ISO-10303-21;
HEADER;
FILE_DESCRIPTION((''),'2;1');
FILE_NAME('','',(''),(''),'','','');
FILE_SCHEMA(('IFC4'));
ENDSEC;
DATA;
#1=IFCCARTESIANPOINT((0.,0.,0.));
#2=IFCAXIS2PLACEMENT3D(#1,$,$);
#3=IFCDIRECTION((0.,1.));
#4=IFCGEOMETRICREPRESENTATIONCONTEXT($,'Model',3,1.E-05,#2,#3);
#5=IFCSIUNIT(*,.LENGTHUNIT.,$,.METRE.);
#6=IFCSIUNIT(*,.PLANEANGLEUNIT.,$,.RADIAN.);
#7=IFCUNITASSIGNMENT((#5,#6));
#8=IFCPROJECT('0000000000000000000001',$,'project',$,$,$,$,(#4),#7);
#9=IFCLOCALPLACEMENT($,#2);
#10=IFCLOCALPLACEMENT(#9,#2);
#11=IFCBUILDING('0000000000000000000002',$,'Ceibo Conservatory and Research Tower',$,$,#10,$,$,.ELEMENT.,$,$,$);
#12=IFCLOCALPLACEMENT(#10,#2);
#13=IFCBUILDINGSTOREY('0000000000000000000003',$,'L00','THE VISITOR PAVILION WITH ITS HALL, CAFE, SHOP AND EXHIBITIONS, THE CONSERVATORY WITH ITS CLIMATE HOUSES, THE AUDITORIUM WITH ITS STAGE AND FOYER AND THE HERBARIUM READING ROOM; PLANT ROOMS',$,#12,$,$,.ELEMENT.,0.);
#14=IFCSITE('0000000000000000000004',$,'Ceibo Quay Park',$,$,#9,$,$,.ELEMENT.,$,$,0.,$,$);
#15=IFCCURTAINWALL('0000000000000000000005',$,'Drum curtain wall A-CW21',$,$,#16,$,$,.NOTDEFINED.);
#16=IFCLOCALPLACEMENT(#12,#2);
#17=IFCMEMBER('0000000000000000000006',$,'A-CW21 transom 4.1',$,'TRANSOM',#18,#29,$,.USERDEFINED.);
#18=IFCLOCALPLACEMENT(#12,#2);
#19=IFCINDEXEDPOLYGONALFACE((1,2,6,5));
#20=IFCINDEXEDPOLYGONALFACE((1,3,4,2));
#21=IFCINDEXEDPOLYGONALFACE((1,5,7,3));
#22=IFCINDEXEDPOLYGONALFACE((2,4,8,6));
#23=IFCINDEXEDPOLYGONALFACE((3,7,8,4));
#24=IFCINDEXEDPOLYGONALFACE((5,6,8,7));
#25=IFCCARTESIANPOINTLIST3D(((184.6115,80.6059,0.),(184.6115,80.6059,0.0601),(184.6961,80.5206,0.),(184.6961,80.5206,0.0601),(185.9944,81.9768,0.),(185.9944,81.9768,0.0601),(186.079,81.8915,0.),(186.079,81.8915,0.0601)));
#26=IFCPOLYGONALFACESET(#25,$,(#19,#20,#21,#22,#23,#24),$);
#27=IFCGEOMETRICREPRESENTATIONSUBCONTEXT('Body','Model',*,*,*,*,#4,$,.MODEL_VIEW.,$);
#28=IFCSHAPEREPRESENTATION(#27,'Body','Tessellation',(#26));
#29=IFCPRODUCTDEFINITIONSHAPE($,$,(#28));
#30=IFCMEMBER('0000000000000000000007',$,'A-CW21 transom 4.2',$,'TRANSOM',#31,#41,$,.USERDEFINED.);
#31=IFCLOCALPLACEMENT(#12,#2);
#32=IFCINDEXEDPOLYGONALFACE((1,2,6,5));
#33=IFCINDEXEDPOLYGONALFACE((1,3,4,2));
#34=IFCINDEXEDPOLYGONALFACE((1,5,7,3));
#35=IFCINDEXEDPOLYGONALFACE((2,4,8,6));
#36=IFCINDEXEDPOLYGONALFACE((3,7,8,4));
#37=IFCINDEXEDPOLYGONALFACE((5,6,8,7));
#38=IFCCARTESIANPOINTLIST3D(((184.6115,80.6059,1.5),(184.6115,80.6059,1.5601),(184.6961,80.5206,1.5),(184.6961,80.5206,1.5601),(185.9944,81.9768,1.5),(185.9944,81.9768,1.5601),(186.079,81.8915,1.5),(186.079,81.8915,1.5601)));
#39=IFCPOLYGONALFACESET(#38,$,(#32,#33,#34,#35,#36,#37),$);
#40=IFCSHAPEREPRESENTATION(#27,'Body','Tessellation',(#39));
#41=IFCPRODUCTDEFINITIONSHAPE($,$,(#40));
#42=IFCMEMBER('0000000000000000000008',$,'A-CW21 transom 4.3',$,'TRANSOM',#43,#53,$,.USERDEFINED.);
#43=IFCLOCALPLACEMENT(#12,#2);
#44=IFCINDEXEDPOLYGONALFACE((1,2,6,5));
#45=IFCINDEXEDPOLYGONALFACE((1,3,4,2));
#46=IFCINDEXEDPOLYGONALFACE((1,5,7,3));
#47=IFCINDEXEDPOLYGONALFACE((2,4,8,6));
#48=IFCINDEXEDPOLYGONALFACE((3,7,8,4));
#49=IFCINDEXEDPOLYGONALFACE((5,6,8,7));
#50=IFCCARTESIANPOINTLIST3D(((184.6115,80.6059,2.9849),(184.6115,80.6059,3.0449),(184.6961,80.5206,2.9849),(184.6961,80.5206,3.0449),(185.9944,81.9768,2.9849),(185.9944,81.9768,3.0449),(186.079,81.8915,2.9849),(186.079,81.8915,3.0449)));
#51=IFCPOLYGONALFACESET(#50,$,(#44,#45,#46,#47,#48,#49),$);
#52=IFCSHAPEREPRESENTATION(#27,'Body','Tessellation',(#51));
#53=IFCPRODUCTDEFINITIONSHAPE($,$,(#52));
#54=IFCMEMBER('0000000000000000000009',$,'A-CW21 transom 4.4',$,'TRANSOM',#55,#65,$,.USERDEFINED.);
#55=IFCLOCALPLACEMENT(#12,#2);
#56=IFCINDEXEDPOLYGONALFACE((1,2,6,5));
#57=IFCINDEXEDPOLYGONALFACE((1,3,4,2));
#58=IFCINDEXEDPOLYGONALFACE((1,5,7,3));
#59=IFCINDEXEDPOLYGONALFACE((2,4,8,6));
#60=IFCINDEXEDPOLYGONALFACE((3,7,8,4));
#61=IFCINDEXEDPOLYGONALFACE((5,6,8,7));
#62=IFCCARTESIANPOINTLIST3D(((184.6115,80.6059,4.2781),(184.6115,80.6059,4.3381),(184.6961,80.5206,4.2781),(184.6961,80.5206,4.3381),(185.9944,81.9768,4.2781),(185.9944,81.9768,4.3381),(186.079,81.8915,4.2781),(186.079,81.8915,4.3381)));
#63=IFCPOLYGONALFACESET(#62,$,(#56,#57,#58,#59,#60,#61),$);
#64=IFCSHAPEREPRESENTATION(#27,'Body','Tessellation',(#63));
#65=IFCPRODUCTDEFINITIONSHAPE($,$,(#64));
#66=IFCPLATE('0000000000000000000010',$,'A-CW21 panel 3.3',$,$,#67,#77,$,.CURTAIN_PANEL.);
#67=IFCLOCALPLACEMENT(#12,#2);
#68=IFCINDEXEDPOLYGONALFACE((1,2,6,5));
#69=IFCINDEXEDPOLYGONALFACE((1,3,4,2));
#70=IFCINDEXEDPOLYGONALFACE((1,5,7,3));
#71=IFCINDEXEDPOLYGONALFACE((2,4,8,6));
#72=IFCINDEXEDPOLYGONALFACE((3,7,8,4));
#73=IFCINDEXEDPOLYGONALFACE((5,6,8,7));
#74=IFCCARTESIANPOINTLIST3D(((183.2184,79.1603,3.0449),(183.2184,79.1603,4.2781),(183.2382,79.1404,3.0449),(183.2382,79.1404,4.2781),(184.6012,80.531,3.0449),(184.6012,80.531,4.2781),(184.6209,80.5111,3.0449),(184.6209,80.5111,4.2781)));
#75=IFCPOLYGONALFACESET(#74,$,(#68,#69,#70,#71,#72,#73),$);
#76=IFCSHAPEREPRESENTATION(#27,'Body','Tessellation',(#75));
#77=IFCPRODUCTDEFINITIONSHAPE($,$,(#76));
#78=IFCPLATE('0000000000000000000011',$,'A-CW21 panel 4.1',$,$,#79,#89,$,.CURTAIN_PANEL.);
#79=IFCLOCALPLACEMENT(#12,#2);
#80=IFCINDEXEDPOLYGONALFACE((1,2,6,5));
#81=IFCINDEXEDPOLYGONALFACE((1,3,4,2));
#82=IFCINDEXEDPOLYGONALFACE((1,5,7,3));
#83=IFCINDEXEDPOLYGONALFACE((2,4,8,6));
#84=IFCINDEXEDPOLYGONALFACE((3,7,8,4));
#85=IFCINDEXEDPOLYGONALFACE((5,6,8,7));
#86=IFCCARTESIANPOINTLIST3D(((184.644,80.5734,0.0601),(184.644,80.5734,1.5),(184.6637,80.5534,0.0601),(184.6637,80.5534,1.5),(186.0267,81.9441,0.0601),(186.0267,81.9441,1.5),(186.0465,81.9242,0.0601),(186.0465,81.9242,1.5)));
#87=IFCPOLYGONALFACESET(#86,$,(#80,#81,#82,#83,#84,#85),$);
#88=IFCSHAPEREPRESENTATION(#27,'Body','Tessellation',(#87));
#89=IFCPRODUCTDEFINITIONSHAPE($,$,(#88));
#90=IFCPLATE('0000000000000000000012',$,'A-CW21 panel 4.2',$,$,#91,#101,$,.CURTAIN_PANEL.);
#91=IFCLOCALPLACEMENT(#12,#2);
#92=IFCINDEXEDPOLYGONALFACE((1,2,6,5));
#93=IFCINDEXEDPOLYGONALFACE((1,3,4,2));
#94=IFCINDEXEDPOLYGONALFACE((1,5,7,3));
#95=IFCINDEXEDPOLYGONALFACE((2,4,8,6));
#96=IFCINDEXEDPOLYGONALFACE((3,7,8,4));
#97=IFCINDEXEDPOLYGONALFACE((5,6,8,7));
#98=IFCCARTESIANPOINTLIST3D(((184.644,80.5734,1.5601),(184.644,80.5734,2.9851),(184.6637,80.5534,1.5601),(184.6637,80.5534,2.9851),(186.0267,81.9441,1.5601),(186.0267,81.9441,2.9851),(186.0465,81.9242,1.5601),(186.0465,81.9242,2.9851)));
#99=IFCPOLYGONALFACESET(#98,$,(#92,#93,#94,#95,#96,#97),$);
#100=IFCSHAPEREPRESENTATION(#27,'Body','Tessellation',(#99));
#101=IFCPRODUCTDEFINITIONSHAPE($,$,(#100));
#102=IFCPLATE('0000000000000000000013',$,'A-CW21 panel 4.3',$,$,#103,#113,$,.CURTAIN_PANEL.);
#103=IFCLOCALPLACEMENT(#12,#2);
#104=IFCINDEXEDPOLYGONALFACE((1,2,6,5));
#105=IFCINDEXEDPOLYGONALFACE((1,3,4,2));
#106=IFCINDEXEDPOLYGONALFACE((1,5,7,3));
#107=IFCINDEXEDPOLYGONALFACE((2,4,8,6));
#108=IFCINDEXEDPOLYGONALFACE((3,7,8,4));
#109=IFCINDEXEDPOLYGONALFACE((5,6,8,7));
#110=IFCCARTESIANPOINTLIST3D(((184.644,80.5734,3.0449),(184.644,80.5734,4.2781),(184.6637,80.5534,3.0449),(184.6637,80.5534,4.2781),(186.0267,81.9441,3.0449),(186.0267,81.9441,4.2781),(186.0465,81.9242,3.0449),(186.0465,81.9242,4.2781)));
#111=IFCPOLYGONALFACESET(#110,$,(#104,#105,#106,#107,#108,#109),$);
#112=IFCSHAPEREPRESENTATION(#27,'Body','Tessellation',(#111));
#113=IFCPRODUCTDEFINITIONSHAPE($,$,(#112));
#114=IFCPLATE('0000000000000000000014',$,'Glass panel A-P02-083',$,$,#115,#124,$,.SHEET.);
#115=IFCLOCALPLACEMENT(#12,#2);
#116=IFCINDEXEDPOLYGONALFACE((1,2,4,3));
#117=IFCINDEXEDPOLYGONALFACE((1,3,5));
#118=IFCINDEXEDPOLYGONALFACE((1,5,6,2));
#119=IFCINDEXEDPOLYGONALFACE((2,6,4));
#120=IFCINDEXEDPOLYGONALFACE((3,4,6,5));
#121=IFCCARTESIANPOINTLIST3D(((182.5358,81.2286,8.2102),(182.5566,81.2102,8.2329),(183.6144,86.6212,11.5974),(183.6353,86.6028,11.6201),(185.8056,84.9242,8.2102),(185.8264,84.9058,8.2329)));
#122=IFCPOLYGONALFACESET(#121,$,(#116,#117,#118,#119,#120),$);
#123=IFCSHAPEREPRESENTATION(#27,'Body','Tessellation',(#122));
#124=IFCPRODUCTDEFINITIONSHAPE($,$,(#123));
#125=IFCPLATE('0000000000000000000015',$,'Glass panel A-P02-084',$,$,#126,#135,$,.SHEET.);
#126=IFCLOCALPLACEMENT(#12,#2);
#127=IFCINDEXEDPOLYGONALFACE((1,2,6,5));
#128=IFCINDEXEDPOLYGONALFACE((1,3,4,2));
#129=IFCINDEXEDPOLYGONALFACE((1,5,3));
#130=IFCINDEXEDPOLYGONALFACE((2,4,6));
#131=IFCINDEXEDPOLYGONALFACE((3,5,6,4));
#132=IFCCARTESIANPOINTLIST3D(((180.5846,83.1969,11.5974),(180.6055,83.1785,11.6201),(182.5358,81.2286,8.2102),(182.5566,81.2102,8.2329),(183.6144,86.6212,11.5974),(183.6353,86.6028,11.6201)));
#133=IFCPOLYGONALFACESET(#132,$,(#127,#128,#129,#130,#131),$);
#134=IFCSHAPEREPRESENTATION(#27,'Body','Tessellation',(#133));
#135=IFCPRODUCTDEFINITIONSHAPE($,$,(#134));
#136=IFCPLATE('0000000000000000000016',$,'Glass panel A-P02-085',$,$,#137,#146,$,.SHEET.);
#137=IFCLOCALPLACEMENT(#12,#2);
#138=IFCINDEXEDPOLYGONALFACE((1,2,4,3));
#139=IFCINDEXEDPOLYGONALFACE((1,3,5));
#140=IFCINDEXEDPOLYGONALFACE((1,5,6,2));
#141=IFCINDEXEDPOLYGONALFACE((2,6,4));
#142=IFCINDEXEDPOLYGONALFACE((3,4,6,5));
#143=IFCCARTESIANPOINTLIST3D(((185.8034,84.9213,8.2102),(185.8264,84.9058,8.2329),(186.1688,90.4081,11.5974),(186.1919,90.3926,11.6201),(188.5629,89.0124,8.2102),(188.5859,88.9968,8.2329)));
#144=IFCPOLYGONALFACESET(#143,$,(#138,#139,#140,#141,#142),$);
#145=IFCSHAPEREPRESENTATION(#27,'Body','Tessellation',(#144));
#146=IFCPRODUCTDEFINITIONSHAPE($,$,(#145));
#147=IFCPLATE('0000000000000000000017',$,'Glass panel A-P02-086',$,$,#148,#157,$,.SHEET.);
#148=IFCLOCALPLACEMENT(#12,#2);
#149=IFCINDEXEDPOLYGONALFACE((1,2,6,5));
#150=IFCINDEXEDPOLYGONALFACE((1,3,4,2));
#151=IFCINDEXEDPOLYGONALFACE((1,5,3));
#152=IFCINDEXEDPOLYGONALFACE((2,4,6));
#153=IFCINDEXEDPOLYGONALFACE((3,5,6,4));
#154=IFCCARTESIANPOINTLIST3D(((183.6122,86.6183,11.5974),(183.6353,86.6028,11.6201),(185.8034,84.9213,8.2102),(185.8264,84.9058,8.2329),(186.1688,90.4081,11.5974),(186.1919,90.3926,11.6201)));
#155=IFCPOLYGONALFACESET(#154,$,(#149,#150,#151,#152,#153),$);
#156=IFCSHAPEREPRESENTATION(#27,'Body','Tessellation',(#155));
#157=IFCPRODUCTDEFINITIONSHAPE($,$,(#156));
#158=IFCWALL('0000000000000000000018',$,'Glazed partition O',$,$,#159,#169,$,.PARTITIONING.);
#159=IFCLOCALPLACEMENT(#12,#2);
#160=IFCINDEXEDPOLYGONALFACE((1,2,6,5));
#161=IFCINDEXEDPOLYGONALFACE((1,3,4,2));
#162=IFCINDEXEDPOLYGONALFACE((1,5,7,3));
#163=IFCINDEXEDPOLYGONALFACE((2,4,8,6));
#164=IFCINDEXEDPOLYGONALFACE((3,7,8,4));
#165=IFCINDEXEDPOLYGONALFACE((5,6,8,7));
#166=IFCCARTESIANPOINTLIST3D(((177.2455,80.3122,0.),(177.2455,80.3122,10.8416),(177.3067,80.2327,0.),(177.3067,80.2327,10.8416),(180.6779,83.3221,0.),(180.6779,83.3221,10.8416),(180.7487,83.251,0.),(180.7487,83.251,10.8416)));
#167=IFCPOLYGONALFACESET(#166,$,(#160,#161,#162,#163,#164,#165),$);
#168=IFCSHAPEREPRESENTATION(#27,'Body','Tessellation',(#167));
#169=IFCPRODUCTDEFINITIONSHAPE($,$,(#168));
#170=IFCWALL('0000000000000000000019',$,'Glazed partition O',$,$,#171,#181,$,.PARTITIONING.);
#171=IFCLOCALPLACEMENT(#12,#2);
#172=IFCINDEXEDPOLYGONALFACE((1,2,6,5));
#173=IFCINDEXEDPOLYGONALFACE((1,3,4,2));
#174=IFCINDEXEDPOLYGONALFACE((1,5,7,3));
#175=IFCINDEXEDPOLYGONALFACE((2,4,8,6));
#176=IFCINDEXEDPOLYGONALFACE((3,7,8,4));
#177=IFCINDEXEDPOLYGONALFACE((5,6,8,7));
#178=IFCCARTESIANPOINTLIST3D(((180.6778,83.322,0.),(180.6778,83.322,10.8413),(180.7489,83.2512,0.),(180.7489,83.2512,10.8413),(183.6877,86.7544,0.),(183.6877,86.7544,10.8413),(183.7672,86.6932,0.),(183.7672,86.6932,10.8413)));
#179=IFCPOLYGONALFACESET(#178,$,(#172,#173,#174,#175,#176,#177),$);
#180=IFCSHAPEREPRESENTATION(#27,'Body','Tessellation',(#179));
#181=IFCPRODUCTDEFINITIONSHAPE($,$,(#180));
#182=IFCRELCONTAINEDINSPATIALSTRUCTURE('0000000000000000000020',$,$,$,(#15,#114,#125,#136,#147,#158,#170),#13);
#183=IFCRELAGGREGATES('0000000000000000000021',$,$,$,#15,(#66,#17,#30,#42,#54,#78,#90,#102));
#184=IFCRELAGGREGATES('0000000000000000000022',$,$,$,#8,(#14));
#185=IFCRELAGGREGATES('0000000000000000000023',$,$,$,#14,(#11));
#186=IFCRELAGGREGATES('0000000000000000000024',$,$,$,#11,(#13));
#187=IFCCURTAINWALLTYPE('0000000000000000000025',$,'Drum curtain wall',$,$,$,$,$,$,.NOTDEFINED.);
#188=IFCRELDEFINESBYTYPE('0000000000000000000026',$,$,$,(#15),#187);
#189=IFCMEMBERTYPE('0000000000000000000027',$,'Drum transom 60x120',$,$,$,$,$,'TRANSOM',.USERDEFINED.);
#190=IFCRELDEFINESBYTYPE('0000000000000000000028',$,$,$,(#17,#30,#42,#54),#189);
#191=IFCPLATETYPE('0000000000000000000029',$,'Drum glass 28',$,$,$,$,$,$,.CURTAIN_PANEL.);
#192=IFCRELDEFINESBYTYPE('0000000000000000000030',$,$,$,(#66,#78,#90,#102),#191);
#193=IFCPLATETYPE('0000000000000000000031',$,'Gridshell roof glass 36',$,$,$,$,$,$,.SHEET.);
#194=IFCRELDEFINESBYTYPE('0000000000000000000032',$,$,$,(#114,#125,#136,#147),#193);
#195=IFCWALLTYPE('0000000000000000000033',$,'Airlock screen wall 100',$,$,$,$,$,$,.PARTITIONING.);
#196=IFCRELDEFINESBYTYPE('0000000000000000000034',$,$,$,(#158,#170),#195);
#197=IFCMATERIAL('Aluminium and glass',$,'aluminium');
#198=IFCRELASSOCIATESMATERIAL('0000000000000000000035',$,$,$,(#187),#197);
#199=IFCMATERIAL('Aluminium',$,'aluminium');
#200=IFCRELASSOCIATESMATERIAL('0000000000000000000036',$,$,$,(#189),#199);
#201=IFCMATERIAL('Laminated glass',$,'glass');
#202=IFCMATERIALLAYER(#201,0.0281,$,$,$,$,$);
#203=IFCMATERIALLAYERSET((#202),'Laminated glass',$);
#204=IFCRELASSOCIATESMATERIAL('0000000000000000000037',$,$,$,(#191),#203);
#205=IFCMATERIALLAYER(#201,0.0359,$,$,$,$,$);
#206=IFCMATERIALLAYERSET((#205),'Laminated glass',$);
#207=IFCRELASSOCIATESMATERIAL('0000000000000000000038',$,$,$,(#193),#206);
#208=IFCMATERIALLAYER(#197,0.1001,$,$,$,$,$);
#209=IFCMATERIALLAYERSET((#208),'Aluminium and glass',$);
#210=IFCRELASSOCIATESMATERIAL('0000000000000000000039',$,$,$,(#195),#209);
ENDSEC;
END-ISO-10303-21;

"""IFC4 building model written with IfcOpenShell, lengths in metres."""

from ifc_helpers import new_model, si_unit, direction, frame, origin, origin_2d, place, context, subcontext, project, spatial, polyline, rectangle, outline, extrude, material, layer, layer_set, material_profile, profile_set, type_object, element, aggregate, save


model = new_model("IFC4")

# Units and contexts
model_context = context("Model", 3, precision=1e-05, world=origin(), true_north=direction((0.0, 1.0)))
body_context = subcontext(model_context, "Body", "Model", "MODEL_VIEW")
ifc_project = project(units=[si_unit("LENGTHUNIT", "METRE"), si_unit("PLANEANGLEUNIT", "RADIAN")], contexts=[model_context])

# Site, building, storey
site_placement = place(None, origin())
site = spatial("IfcSite", under=ifc_project, at=site_placement, Name="Ceibo Quay Park", CompositionType="ELEMENT", RefElevation=0.0)
building_placement = place(site_placement, origin())
building = spatial("IfcBuilding", under=site, at=building_placement, Name="Ceibo Conservatory and Research Tower", CompositionType="ELEMENT")
storey_placement = place(building_placement, origin())
storey = spatial("IfcBuildingStorey", under=building, at=storey_placement, Name="L00", Description="THE VISITOR PAVILION WITH ITS HALL, CAFE, SHOP AND EXHIBITIONS, THE CONSERVATORY WITH ITS CLIMATE HOUSES, THE AUDITORIUM WITH ITS STAGE AND FOYER AND THE HERBARIUM READING ROOM; PLANT ROOMS", CompositionType="ELEMENT", Elevation=0.0)

# Curtain wall, members, plates
ifc_material_1 = material(Name="Aluminium and glass", Category="aluminium")
curtain_wall_type = type_object("IfcCurtainWallType", Name="Drum curtain wall", PredefinedType="NOTDEFINED", material=ifc_material_1)
curtain_wall_placement = place(storey_placement, origin())
curtain_wall = element("IfcCurtainWall", 1, at=curtain_wall_placement, inside=storey, type_object=curtain_wall_type, Name="Drum curtain wall A-CW21", PredefinedType="NOTDEFINED")
ifc_material_2 = material(Name="Aluminium", Category="aluminium")
ifc_material_profile_1 = material_profile(ifc_material_2, rectangle(XDim=0.1201, YDim=0.0601, at=origin_2d()), Name="AL 60x120")
ifc_profile_set_1 = profile_set([ifc_material_profile_1], Name="Aluminium")
member_type_1 = type_object("IfcMemberType", Name="Drum transom 60x120", ElementType="TRANSOM", PredefinedType="USERDEFINED", material=ifc_profile_set_1)
member_1_placement = place(storey_placement, frame((184.6538, 80.5632, 0.03), z_axis=(0.710172, 0.704028, 0.0), x_axis=(-0.704028, 0.710172, 0.0)))
member_1 = element("IfcMember", 2, at=member_1_placement, type_object=member_type_1, Name="A-CW21 transom 4.1", ObjectType="TRANSOM", PredefinedType="USERDEFINED", context=body_context, shape_type="SweptSolid", body=[
    extrude(rectangle(XDim=0.1201, YDim=0.0601, at=origin_2d()), origin(), (0.0, 0.0, 1.0), 1.9473),
])
member_2_placement = place(storey_placement, frame((184.6538, 80.5632, 1.53), z_axis=(0.710172, 0.704028, 0.0), x_axis=(-0.704028, 0.710172, 0.0)))
member_2 = element("IfcMember", 3, at=member_2_placement, type_object=member_type_1, Name="A-CW21 transom 4.2", ObjectType="TRANSOM", PredefinedType="USERDEFINED", context=body_context, shape_type="SweptSolid", body=[
    extrude(rectangle(XDim=0.1201, YDim=0.0601, at=origin_2d()), origin(), (0.0, 0.0, 1.0), 1.9473),
])
member_3_placement = place(storey_placement, frame((184.6538, 80.5632, 3.0149), z_axis=(0.710172, 0.704028, 0.0), x_axis=(-0.704028, 0.710172, 0.0)))
member_3 = element("IfcMember", 4, at=member_3_placement, type_object=member_type_1, Name="A-CW21 transom 4.3", ObjectType="TRANSOM", PredefinedType="USERDEFINED", context=body_context, shape_type="SweptSolid", body=[
    extrude(rectangle(XDim=0.1201, YDim=0.0601, at=origin_2d()), origin(), (0.0, 0.0, 1.0), 1.9473),
])
member_4_placement = place(storey_placement, frame((184.6538, 80.5632, 4.3081), z_axis=(0.710172, 0.704028, 0.0), x_axis=(-0.704028, 0.710172, 0.0)))
member_4 = element("IfcMember", 5, at=member_4_placement, type_object=member_type_1, Name="A-CW21 transom 4.4", ObjectType="TRANSOM", PredefinedType="USERDEFINED", context=body_context, shape_type="SweptSolid", body=[
    extrude(rectangle(XDim=0.1201, YDim=0.0601, at=origin_2d()), origin(), (0.0, 0.0, 1.0), 1.9473),
])
ifc_material_3 = material(Name="Laminated glass", Category="glass")
ifc_layer_1 = layer(ifc_material_3, 0.0281)
ifc_layer_set_1 = layer_set([ifc_layer_1], Name="Laminated glass")
plate_type_1 = type_object("IfcPlateType", Name="Drum glass 28", PredefinedType="CURTAIN_PANEL", material=ifc_layer_set_1)
plate_1_placement = place(storey_placement, frame((183.9197, 79.8357, 3.0449), z_axis=(0.0, 0.0, 1.0), x_axis=(0.710185, 0.704015, 0.0)))
plate_1 = element("IfcPlate", 6, at=plate_1_placement, type_object=plate_type_1, Name="A-CW21 panel 3.3", PredefinedType="CURTAIN_PANEL", context=body_context, shape_type="SweptSolid", body=[
    extrude(rectangle(XDim=1.947, YDim=0.0281, at=origin_2d()), origin(), (0.0, 0.0, 1.0), 1.2332),
])
plate_2_placement = place(storey_placement, frame((185.3452, 81.2488, 0.0601), z_axis=(0.0, 0.0, 1.0), x_axis=(0.710185, 0.704015, 0.0)))
plate_2 = element("IfcPlate", 7, at=plate_2_placement, type_object=plate_type_1, Name="A-CW21 panel 4.1", PredefinedType="CURTAIN_PANEL", context=body_context, shape_type="SweptSolid", body=[
    extrude(rectangle(XDim=1.947, YDim=0.0281, at=origin_2d()), origin(), (0.0, 0.0, 1.0), 1.4399),
])
plate_3_placement = place(storey_placement, frame((185.3452, 81.2488, 1.5601), z_axis=(0.0, 0.0, 1.0), x_axis=(0.710185, 0.704015, 0.0)))
plate_3 = element("IfcPlate", 8, at=plate_3_placement, type_object=plate_type_1, Name="A-CW21 panel 4.2", PredefinedType="CURTAIN_PANEL", context=body_context, shape_type="SweptSolid", body=[
    extrude(rectangle(XDim=1.947, YDim=0.0281, at=origin_2d()), origin(), (0.0, 0.0, 1.0), 1.425),
])
plate_4_placement = place(storey_placement, frame((185.3452, 81.2488, 3.0449), z_axis=(0.0, 0.0, 1.0), x_axis=(0.710185, 0.704015, 0.0)))
plate_4 = element("IfcPlate", 9, at=plate_4_placement, type_object=plate_type_1, Name="A-CW21 panel 4.3", PredefinedType="CURTAIN_PANEL", context=body_context, shape_type="SweptSolid", body=[
    extrude(rectangle(XDim=1.947, YDim=0.0281, at=origin_2d()), origin(), (0.0, 0.0, 1.0), 1.2332),
])
aggregate(curtain_wall, [plate_1, member_1, member_2, member_3, member_4, plate_2, plate_3, plate_4])

# Plates
ifc_layer_2 = layer(ifc_material_3, 0.0359)
ifc_layer_set_2 = layer_set([ifc_layer_2], Name="Laminated glass")
plate_type_2 = type_object("IfcPlateType", Name="Gridshell roof glass 36", PredefinedType="SHEET", material=ifc_layer_set_2)
plate_5_placement = place(storey_placement, frame((182.5566, 81.2102, 8.2329), z_axis=(0.580128, -0.513289, 0.632444), x_axis=(0.662645, 0.748933, 0.0)))
element("IfcPlate", 10, at=plate_5_placement, inside=storey, type_object=plate_type_2, Name="Glass panel A-P02-083", PredefinedType="SHEET", context=body_context, shape_type="SweptSolid", body=[
    extrude(outline(polyline([(0.0, 0.0), (4.9344, 0.0), (4.7534, 4.3728), (0.0, 0.0)])), origin(), (0.0, 0.0, -1.0), 0.0359),
])
plate_6_placement = place(storey_placement, frame((182.5566, 81.2102, 8.2329), z_axis=(0.580128, -0.513289, 0.632444), x_axis=(0.166998, 0.834916, 0.52443)))
element("IfcPlate", 11, at=plate_6_placement, inside=storey, type_object=plate_type_2, Name="Glass panel A-P02-084", PredefinedType="SHEET", context=body_context, shape_type="SweptSolid", body=[
    extrude(outline(polyline([(0.0, 0.0), (6.4588, 0.0), (3.0938, 3.0955), (0.0, 0.0)])), origin(), (0.0, 0.0, -1.0), 0.0359),
])
plate_7_placement = place(storey_placement, frame((185.8264, 84.9058, 8.2329), z_axis=(0.642202, -0.433181, 0.632401), x_axis=(0.559202, 0.829032, 0.0)))
element("IfcPlate", 12, at=plate_7_placement, inside=storey, type_object=plate_type_2, Name="Glass panel A-P02-085", PredefinedType="SHEET", context=body_context, shape_type="SweptSolid", body=[
    extrude(outline(polyline([(0.0, 0.0), (4.9348, 0.0), (4.7531, 4.3726), (0.0, 0.0)])), origin(), (0.0, 0.0, -1.0), 0.0359),
])
plate_8_placement = place(storey_placement, frame((185.8264, 84.9058, 8.2329), z_axis=(0.642149, -0.433202, 0.63244), x_axis=(0.056589, 0.849553, 0.524459)))
element("IfcPlate", 13, at=plate_8_placement, inside=storey, type_object=plate_type_2, Name="Glass panel A-P02-086", PredefinedType="SHEET", context=body_context, shape_type="SweptSolid", body=[
    extrude(outline(polyline([(0.0, 0.0), (6.4585, 0.0), (3.0942, 3.0952), (0.0, 0.0)])), origin(), (0.0, 0.0, -1.0), 0.0359),
])

# Walls
ifc_layer_3 = layer(ifc_material_1, 0.1001)
ifc_layer_set_3 = layer_set([ifc_layer_3], Name="Aluminium and glass")
wall_type_1 = type_object("IfcWallType", Name="Airlock screen wall 100", PredefinedType="PARTITIONING", material=ifc_layer_set_3)
wall_1_placement = place(storey_placement, frame((177.2761, 80.2725, 0.0), z_axis=(0.0, 0.0, 1.0), x_axis=(0.751865, 0.659317, 0.0)))
element("IfcWall", 14, at=wall_1_placement, inside=storey, type_object=wall_type_1, Name="Glazed partition O", PredefinedType="PARTITIONING", context=body_context, shape_type="SweptSolid", body=[
    extrude(outline(polyline([(-0.0032, -0.05), (4.5747, -0.05), (4.5684, 0.05), (0.0032, 0.05), (-0.0032, -0.05)])), origin(), (0.0, 0.0, 1.0), 10.8416),
])
wall_2_placement = place(storey_placement, frame((180.7134, 83.2866, 0.0), z_axis=(0.0, 0.0, 1.0), x_axis=(0.659317, 0.751865, 0.0)))
element("IfcWall", 15, at=wall_2_placement, inside=storey, type_object=wall_type_1, Name="Glazed partition O", PredefinedType="PARTITIONING", context=body_context, shape_type="SweptSolid", body=[
    extrude(outline(polyline([(-0.0032, -0.05), (4.5747, -0.05), (4.5684, 0.05), (0.0032, 0.05), (-0.0032, -0.05)])), origin(), (0.0, 0.0, 1.0), 10.8413),
])

save(model, "model.ifc")
